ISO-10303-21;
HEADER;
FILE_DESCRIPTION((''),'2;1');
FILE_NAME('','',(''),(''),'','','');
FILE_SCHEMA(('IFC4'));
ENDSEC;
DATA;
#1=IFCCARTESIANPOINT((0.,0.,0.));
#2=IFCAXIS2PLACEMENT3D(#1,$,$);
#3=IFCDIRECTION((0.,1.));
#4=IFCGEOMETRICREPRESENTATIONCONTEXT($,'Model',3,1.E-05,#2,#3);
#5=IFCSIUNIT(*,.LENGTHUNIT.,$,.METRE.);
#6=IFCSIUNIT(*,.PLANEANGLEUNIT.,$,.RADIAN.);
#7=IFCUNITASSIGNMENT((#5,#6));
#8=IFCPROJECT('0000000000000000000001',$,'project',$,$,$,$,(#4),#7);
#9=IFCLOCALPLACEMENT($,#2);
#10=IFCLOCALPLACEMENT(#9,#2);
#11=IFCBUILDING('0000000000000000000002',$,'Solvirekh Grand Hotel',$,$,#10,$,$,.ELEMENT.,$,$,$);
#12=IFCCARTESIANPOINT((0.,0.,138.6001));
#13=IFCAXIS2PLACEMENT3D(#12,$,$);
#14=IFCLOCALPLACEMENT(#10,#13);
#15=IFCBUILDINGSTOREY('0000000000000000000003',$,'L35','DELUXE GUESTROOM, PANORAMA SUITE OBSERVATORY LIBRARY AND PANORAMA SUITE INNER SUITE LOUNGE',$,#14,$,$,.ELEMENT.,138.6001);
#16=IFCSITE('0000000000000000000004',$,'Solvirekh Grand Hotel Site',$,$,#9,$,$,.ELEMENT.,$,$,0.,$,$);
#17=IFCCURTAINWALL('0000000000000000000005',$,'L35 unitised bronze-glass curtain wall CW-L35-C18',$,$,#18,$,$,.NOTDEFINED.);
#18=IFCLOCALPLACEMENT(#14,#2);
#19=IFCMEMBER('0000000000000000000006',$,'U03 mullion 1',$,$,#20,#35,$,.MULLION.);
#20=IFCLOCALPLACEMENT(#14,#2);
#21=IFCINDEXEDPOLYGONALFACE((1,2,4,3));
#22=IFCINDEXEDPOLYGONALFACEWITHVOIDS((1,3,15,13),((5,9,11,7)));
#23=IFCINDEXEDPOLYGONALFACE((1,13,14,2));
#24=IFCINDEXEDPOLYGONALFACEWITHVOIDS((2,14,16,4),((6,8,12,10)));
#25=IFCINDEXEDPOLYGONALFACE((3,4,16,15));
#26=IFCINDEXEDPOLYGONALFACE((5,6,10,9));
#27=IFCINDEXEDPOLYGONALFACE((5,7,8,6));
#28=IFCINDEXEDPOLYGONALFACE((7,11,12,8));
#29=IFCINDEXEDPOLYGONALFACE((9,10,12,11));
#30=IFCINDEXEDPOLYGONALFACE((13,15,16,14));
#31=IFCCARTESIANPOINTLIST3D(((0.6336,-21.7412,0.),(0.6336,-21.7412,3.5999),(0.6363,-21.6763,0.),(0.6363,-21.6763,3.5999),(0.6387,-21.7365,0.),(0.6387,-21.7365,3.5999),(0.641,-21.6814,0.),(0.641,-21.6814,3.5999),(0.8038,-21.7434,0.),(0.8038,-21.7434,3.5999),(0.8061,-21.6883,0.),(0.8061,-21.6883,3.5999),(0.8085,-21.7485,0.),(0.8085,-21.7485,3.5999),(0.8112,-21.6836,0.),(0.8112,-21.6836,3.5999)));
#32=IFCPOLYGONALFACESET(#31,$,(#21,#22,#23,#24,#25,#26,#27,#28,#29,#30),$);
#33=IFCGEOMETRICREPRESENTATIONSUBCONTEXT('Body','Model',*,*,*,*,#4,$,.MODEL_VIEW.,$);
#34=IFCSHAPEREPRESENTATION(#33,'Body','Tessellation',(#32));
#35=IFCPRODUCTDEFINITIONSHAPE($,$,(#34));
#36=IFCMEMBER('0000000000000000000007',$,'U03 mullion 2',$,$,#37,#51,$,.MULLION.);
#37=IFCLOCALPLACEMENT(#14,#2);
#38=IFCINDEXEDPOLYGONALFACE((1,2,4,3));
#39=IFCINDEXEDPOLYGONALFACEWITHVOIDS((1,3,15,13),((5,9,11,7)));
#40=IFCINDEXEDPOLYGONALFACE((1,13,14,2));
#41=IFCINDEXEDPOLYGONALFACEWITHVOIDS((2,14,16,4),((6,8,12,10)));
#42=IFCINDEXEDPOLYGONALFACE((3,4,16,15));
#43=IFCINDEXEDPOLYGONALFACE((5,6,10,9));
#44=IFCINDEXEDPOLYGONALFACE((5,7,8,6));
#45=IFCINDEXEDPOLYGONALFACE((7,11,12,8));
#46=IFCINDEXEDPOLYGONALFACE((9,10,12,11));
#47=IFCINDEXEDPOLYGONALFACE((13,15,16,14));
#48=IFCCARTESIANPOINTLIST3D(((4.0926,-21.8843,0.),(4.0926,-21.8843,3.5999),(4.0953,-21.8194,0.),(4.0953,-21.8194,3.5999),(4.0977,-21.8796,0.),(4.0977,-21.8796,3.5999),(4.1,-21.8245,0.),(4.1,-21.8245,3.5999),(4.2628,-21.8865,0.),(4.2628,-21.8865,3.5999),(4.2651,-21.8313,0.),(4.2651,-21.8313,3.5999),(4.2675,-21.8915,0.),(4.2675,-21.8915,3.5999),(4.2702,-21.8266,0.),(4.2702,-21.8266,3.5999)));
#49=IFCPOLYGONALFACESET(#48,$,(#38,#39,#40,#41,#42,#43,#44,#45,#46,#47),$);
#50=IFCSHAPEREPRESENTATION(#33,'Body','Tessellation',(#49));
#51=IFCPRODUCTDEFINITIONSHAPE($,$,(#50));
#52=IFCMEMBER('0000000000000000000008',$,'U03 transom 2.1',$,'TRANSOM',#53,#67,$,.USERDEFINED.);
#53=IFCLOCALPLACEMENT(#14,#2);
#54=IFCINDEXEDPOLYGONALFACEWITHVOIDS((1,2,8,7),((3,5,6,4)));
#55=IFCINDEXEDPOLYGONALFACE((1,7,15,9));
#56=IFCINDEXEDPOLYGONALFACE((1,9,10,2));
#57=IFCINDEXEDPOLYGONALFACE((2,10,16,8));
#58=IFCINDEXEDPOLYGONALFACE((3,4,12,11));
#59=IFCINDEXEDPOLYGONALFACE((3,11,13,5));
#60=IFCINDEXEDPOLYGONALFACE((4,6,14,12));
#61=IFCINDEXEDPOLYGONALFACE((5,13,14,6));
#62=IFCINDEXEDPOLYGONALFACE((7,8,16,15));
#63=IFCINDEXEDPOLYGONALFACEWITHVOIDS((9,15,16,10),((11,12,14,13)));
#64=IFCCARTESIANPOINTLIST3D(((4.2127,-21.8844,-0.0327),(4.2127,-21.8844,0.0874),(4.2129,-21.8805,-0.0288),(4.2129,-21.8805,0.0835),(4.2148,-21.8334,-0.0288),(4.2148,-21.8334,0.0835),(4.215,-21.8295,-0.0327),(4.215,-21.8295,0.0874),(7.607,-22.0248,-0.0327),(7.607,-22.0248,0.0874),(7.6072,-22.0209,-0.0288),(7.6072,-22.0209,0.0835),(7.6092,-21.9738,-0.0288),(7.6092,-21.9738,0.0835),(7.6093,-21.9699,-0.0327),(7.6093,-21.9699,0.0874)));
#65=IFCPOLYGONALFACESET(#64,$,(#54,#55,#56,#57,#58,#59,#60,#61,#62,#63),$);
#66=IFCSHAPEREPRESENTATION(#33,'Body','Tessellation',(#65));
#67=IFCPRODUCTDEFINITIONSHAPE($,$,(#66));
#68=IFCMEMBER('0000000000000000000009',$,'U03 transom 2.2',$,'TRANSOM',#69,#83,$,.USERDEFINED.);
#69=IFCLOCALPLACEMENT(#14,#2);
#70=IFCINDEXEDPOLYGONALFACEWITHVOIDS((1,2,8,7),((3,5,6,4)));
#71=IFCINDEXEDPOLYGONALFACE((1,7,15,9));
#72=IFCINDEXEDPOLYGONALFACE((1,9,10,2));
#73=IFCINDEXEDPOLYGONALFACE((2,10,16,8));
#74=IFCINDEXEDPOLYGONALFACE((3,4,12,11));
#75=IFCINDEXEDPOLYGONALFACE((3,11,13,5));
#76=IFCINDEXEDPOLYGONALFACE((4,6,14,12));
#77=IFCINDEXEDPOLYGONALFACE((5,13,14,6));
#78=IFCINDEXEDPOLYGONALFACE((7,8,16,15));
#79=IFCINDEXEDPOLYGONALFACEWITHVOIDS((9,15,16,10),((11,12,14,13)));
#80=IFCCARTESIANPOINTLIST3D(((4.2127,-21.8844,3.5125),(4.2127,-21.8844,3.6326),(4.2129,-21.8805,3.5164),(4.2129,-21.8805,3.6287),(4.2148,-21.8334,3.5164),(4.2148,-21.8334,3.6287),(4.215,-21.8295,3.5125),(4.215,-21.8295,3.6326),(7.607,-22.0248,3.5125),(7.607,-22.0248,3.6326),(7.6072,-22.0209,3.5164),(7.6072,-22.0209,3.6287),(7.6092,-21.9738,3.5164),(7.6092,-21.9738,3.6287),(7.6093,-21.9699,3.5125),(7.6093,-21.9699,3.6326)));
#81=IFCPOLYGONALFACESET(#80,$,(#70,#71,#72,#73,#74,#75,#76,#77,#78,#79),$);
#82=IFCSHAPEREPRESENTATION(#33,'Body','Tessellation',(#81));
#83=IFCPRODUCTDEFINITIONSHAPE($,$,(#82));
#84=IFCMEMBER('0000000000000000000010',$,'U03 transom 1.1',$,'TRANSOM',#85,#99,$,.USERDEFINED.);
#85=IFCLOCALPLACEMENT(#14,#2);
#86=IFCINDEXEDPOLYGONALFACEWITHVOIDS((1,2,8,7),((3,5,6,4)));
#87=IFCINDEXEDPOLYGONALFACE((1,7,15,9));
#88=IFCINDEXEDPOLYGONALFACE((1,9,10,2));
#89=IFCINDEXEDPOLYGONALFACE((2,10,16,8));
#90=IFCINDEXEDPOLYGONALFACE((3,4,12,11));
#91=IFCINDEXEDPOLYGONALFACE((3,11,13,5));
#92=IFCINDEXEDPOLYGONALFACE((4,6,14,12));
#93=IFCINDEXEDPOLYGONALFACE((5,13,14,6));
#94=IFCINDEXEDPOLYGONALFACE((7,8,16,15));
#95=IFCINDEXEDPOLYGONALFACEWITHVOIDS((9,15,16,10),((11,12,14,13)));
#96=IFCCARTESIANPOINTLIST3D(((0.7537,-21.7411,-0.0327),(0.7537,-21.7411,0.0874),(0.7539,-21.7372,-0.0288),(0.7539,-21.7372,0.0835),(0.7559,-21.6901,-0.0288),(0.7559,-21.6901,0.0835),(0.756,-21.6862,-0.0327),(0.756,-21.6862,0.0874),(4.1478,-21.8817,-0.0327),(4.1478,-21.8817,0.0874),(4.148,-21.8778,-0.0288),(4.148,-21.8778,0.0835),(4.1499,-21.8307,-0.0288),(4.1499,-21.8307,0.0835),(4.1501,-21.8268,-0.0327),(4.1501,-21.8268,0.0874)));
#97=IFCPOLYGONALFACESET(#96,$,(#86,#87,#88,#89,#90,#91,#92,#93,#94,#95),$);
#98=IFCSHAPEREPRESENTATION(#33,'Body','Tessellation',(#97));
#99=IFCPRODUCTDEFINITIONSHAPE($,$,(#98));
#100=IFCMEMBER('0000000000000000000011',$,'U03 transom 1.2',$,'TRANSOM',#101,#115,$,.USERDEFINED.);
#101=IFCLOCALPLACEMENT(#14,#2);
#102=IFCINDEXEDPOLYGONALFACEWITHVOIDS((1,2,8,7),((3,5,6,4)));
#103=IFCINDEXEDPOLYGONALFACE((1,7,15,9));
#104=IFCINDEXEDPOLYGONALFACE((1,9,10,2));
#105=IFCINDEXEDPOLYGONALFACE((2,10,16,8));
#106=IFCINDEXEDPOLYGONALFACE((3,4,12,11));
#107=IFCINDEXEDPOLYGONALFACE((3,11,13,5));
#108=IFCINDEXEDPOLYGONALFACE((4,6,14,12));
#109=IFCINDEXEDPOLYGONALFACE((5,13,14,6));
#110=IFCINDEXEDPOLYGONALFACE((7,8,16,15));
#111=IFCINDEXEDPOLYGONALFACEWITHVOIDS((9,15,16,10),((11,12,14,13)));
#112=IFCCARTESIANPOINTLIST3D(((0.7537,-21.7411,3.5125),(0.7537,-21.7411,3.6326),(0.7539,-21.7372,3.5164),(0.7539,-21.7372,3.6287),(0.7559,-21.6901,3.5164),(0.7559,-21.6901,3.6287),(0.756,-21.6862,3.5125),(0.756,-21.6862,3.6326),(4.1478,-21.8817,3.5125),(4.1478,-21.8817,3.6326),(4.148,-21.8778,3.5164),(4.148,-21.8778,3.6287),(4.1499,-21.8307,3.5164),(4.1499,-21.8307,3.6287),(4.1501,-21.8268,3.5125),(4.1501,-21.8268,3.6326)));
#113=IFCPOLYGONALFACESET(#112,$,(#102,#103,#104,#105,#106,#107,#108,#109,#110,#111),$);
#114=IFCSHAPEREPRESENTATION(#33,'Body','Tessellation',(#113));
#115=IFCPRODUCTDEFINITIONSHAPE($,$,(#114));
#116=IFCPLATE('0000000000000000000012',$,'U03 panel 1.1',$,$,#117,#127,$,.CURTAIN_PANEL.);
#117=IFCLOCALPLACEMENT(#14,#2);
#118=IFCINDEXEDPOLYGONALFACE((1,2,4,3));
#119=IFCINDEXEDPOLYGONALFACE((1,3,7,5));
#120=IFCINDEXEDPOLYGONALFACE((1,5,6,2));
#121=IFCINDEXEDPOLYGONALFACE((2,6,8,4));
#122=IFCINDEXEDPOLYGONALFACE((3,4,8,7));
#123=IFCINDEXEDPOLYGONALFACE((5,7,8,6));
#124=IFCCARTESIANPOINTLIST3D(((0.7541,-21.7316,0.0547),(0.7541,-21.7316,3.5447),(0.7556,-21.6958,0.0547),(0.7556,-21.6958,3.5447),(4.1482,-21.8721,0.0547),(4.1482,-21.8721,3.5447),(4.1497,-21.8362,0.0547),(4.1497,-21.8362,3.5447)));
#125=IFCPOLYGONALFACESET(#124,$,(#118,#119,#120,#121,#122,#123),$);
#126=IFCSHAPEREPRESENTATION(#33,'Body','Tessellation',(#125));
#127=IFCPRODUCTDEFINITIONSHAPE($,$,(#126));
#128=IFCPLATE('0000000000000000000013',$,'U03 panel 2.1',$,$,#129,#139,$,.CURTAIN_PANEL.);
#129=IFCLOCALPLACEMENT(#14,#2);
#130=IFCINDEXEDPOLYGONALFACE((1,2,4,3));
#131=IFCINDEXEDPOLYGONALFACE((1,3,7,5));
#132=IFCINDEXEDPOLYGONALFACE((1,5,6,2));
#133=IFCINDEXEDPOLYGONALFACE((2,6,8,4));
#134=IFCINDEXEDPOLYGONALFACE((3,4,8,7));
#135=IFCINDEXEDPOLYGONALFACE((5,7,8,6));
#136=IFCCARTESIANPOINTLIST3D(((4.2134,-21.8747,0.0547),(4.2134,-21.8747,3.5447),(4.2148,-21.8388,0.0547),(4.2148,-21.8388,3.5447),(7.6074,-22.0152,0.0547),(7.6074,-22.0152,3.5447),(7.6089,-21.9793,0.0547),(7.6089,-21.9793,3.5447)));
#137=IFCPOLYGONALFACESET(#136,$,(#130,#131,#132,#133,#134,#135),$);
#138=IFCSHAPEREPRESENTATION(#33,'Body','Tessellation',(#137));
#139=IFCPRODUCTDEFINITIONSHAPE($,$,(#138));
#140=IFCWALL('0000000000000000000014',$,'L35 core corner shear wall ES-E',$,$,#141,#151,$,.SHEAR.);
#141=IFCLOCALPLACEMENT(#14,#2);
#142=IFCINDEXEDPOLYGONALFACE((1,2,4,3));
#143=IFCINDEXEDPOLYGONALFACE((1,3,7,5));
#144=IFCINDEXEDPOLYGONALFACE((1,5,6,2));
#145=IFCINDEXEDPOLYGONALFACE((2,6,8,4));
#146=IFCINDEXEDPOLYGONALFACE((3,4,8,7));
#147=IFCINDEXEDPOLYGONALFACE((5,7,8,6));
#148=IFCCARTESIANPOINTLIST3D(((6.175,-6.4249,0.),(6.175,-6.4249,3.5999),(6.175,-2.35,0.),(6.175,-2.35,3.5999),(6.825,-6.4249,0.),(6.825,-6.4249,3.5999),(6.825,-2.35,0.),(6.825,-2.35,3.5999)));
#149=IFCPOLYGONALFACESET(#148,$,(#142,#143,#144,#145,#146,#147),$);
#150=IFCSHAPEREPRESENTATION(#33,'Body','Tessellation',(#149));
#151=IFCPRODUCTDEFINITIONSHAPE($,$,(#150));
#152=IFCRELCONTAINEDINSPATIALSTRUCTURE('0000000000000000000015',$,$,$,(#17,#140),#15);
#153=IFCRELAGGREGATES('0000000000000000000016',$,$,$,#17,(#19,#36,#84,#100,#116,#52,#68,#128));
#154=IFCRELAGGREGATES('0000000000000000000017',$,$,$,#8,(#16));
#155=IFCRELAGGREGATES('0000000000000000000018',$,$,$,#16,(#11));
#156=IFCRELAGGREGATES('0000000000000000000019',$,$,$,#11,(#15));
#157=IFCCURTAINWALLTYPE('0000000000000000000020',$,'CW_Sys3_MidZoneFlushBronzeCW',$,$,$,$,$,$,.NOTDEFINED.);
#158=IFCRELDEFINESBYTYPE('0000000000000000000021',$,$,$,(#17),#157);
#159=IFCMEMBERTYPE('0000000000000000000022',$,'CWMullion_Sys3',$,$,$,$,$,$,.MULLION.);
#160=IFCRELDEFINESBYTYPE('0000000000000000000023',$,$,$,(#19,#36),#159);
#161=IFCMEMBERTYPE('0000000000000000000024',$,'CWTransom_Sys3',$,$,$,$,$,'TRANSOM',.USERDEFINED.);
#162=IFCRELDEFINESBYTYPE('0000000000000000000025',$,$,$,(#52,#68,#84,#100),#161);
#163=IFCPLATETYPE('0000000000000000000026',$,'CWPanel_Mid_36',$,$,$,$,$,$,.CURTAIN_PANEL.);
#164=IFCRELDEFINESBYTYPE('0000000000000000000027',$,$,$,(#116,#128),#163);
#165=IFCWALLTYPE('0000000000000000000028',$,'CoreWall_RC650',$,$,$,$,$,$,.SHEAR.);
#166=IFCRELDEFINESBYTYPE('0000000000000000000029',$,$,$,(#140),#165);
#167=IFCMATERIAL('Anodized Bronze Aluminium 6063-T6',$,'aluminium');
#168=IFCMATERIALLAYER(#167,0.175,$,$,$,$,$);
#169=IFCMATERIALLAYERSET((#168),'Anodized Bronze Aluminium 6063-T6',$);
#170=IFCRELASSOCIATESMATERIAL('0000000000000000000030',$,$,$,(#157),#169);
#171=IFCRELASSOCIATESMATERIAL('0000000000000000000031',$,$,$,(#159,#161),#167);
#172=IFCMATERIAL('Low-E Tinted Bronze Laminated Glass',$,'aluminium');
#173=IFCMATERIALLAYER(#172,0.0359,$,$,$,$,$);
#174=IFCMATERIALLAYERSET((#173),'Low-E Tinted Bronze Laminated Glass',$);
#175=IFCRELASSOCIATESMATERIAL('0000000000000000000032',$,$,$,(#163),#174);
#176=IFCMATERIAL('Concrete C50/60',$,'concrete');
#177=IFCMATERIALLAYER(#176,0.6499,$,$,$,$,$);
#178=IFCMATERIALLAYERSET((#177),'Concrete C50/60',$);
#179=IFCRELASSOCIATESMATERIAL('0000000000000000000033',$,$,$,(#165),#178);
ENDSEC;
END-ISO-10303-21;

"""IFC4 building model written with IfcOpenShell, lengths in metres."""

from ifc_helpers import new_model, si_unit, direction, frame, frame_2d, origin, origin_2d, place, context, subcontext, project, spatial, rectangle, hollow_rectangle, extrude, source, transform, mapped, material, layer, layer_set, material_profile, profile_set, type_object, element, aggregate, save


model = new_model("IFC4")

# Units and contexts
model_context = context("Model", 3, precision=1e-05, world=origin(), true_north=direction((0.0, 1.0)))
body_context = subcontext(model_context, "Body", "Model", "MODEL_VIEW")
ifc_project = project(units=[si_unit("LENGTHUNIT", "METRE"), si_unit("PLANEANGLEUNIT", "RADIAN")], contexts=[model_context])

# Site, building, storey
site_placement = place(None, origin())
site = spatial("IfcSite", under=ifc_project, at=site_placement, Name="Solvirekh Grand Hotel Site", CompositionType="ELEMENT", RefElevation=0.0)
building_placement = place(site_placement, origin())
building = spatial("IfcBuilding", under=site, at=building_placement, Name="Solvirekh Grand Hotel", CompositionType="ELEMENT")
storey_placement = place(building_placement, frame((0.0, 0.0, 138.6001)))
storey = spatial("IfcBuildingStorey", under=building, at=storey_placement, Name="L35", Description="DELUXE GUESTROOM, PANORAMA SUITE OBSERVATORY LIBRARY AND PANORAMA SUITE INNER SUITE LOUNGE", CompositionType="ELEMENT", Elevation=138.6001)

# Curtain wall, members, plates
ifc_material_1 = material(Name="Anodized Bronze Aluminium 6063-T6", Category="aluminium")
ifc_layer_1 = layer(ifc_material_1, 0.175)
ifc_layer_set_1 = layer_set([ifc_layer_1], Name="Anodized Bronze Aluminium 6063-T6")
curtain_wall_type = type_object("IfcCurtainWallType", Name="CW_Sys3_MidZoneFlushBronzeCW", PredefinedType="NOTDEFINED", material=ifc_layer_set_1)
curtain_wall_placement = place(storey_placement, origin())
curtain_wall = element("IfcCurtainWall", 1, at=curtain_wall_placement, inside=storey, type_object=curtain_wall_type, Name="L35 unitised bronze-glass curtain wall CW-L35-C18", PredefinedType="NOTDEFINED")
ifc_material_profile_1 = material_profile(ifc_material_1, hollow_rectangle(XDim=0.0649, YDim=0.175, WallThickness=0.0049, at=origin_2d()), Name="ALU RHS 175X65X5")
ifc_profile_set_1 = profile_set([ifc_material_profile_1], Name="Anodized Bronze Aluminium 6063-T6")
member_type_1 = type_object("IfcMemberType", Name="CWMullion_Sys3", PredefinedType="MULLION", material=ifc_profile_set_1)
shared_shape_1 = source(origin(), body_context, "Body", "SweptSolid", [
    extrude(hollow_rectangle(XDim=0.0649, YDim=0.175, WallThickness=0.0049, at=origin_2d()), origin(), (0.0, 0.0, 1.0), 3.5999),
])
member_1_placement = place(storey_placement, frame((0.7224, -21.7124, 0.0), z_axis=(0.0, 0.0, 1.0), x_axis=(0.041351, 0.999145, 0.0)))
member_1 = element("IfcMember", 2, at=member_1_placement, type_object=member_type_1, Name="U03 mullion 1", PredefinedType="MULLION", context=body_context, shape_type="MappedRepresentation", body=[
    mapped(shared_shape_1, transform((0.0, 0.0, 0.0), x_axis=(1.0, 0.0, 0.0), y_axis=(0.0, 1.0, 0.0), z_axis=(0.0, 0.0, 1.0), scale=1.0)),
])
member_2_placement = place(storey_placement, frame((4.1814, -21.8555, 0.0), z_axis=(0.0, 0.0, 1.0), x_axis=(0.041351, 0.999145, 0.0)))
member_2 = element("IfcMember", 3, at=member_2_placement, type_object=member_type_1, Name="U03 mullion 2", PredefinedType="MULLION", context=body_context, shape_type="MappedRepresentation", body=[
    mapped(shared_shape_1, transform((0.0, 0.0, 0.0), x_axis=(1.0, 0.0, 0.0), y_axis=(0.0, 1.0, 0.0), z_axis=(0.0, 0.0, 1.0), scale=1.0)),
])
ifc_material_profile_2 = material_profile(ifc_material_1, hollow_rectangle(XDim=0.0549, YDim=0.1201, WallThickness=0.0039, at=origin_2d()), Name="ALU RHS 120X55X4")
ifc_profile_set_2 = profile_set([ifc_material_profile_2], Name="Anodized Bronze Aluminium 6063-T6")
member_type_2 = type_object("IfcMemberType", Name="CWTransom_Sys3", ElementType="TRANSOM", PredefinedType="USERDEFINED", material=ifc_profile_set_2)
shared_shape_2 = source(origin(), body_context, "Body", "SweptSolid", [
    extrude(hollow_rectangle(XDim=0.0549, YDim=0.1201, WallThickness=0.0039, at=origin_2d()), origin(), (0.0, 0.0, 1.0), 3.3972),
])
member_3_placement = place(storey_placement, frame((4.2139, -21.8569, 0.0273), z_axis=(0.999146, -0.041323, 0.0), x_axis=(0.041323, 0.999146, 0.0)))
member_3 = element("IfcMember", 4, at=member_3_placement, type_object=member_type_2, Name="U03 transom 2.1", ObjectType="TRANSOM", PredefinedType="USERDEFINED", context=body_context, shape_type="MappedRepresentation", body=[
    mapped(shared_shape_2, transform((0.0, 0.0, 0.0), x_axis=(1.0, 0.0, 0.0), y_axis=(0.0, 1.0, 0.0), z_axis=(0.0, 0.0, 1.0), scale=1.0)),
])
member_4_placement = place(storey_placement, frame((4.2139, -21.8569, 3.5725), z_axis=(0.999146, -0.041323, 0.0), x_axis=(0.041323, 0.999146, 0.0)))
member_4 = element("IfcMember", 5, at=member_4_placement, type_object=member_type_2, Name="U03 transom 2.2", ObjectType="TRANSOM", PredefinedType="USERDEFINED", context=body_context, shape_type="MappedRepresentation", body=[
    mapped(shared_shape_2, transform((0.0, 0.0, 0.0), x_axis=(1.0, 0.0, 0.0), y_axis=(0.0, 1.0, 0.0), z_axis=(0.0, 0.0, 1.0), scale=1.0)),
])
shared_shape_3 = source(origin(), body_context, "Body", "SweptSolid", [
    extrude(hollow_rectangle(XDim=0.0549, YDim=0.1201, WallThickness=0.0039, at=origin_2d()), origin(), (0.0, 0.0, 1.0), 3.397),
])
member_5_placement = place(storey_placement, frame((0.7549, -21.7136, 0.0273), z_axis=(0.999143, -0.041397, 0.0), x_axis=(0.041397, 0.999143, 0.0)))
member_5 = element("IfcMember", 6, at=member_5_placement, type_object=member_type_2, Name="U03 transom 1.1", ObjectType="TRANSOM", PredefinedType="USERDEFINED", context=body_context, shape_type="MappedRepresentation", body=[
    mapped(shared_shape_3, transform((0.0, 0.0, 0.0), x_axis=(1.0, 0.0, 0.0), y_axis=(0.0, 1.0, 0.0), z_axis=(0.0, 0.0, 1.0), scale=1.0)),
])
member_6_placement = place(storey_placement, frame((0.7549, -21.7136, 3.5725), z_axis=(0.999143, -0.041397, 0.0), x_axis=(0.041397, 0.999143, 0.0)))
member_6 = element("IfcMember", 7, at=member_6_placement, type_object=member_type_2, Name="U03 transom 1.2", ObjectType="TRANSOM", PredefinedType="USERDEFINED", context=body_context, shape_type="MappedRepresentation", body=[
    mapped(shared_shape_3, transform((0.0, 0.0, 0.0), x_axis=(1.0, 0.0, 0.0), y_axis=(0.0, 1.0, 0.0), z_axis=(0.0, 0.0, 1.0), scale=1.0)),
])
ifc_material_2 = material(Name="Low-E Tinted Bronze Laminated Glass", Category="aluminium")
ifc_layer_2 = layer(ifc_material_2, 0.0359)
ifc_layer_set_2 = layer_set([ifc_layer_2], Name="Low-E Tinted Bronze Laminated Glass")
plate_type = type_object("IfcPlateType", Name="CWPanel_Mid_36", PredefinedType="CURTAIN_PANEL", material=ifc_layer_set_2)
shared_shape_4 = source(origin(), body_context, "Body", "SweptSolid", [
    extrude(rectangle(XDim=3.397, YDim=0.0359, at=origin_2d()), origin(), (0.0, 0.0, 1.0), 3.49),
])
plate_1_placement = place(storey_placement, frame((2.4519, -21.7839, 0.0547), z_axis=(0.0, 0.0, 1.0), x_axis=(0.999145, -0.041351, 0.0)))
plate_1 = element("IfcPlate", 8, at=plate_1_placement, type_object=plate_type, Name="U03 panel 1.1", PredefinedType="CURTAIN_PANEL", context=body_context, shape_type="MappedRepresentation", body=[
    mapped(shared_shape_4, transform((0.0, 0.0, 0.0), x_axis=(1.0, 0.0, 0.0), y_axis=(0.0, 1.0, 0.0), z_axis=(0.0, 0.0, 1.0), scale=1.0)),
])
plate_2_placement = place(storey_placement, frame((5.9111, -21.927, 0.0547), z_axis=(0.0, 0.0, 1.0), x_axis=(0.999145, -0.041351, 0.0)))
plate_2 = element("IfcPlate", 9, at=plate_2_placement, type_object=plate_type, Name="U03 panel 2.1", PredefinedType="CURTAIN_PANEL", context=body_context, shape_type="MappedRepresentation", body=[
    mapped(shared_shape_4, transform((0.0, 0.0, 0.0), x_axis=(1.0, 0.0, 0.0), y_axis=(0.0, 1.0, 0.0), z_axis=(0.0, 0.0, 1.0), scale=1.0)),
])
aggregate(curtain_wall, [member_1, member_2, member_5, member_6, plate_1, member_3, member_4, plate_2])

# Wall
ifc_material_3 = material(Name="Concrete C50/60", Category="concrete")
ifc_layer_3 = layer(ifc_material_3, 0.6499)
ifc_layer_set_3 = layer_set([ifc_layer_3], Name="Concrete C50/60")
wall_type_1 = type_object("IfcWallType", Name="CoreWall_RC650", PredefinedType="SHEAR", material=ifc_layer_set_3)
wall_1_placement = place(storey_placement, frame((6.5, -6.425, 0.0), z_axis=(0.0, 0.0, 1.0), x_axis=(0.0, 1.0, 0.0)))
element("IfcWall", 10, at=wall_1_placement, inside=storey, type_object=wall_type_1, Name="L35 core corner shear wall ES-E", PredefinedType="SHEAR", context=body_context, shape_type="SweptSolid", body=[
    extrude(rectangle(XDim=4.075, YDim=0.6499, at=frame_2d((2.0376, 0.0))), origin(), (0.0, 0.0, 1.0), 3.5999),
])

save(model, "model.ifc")
